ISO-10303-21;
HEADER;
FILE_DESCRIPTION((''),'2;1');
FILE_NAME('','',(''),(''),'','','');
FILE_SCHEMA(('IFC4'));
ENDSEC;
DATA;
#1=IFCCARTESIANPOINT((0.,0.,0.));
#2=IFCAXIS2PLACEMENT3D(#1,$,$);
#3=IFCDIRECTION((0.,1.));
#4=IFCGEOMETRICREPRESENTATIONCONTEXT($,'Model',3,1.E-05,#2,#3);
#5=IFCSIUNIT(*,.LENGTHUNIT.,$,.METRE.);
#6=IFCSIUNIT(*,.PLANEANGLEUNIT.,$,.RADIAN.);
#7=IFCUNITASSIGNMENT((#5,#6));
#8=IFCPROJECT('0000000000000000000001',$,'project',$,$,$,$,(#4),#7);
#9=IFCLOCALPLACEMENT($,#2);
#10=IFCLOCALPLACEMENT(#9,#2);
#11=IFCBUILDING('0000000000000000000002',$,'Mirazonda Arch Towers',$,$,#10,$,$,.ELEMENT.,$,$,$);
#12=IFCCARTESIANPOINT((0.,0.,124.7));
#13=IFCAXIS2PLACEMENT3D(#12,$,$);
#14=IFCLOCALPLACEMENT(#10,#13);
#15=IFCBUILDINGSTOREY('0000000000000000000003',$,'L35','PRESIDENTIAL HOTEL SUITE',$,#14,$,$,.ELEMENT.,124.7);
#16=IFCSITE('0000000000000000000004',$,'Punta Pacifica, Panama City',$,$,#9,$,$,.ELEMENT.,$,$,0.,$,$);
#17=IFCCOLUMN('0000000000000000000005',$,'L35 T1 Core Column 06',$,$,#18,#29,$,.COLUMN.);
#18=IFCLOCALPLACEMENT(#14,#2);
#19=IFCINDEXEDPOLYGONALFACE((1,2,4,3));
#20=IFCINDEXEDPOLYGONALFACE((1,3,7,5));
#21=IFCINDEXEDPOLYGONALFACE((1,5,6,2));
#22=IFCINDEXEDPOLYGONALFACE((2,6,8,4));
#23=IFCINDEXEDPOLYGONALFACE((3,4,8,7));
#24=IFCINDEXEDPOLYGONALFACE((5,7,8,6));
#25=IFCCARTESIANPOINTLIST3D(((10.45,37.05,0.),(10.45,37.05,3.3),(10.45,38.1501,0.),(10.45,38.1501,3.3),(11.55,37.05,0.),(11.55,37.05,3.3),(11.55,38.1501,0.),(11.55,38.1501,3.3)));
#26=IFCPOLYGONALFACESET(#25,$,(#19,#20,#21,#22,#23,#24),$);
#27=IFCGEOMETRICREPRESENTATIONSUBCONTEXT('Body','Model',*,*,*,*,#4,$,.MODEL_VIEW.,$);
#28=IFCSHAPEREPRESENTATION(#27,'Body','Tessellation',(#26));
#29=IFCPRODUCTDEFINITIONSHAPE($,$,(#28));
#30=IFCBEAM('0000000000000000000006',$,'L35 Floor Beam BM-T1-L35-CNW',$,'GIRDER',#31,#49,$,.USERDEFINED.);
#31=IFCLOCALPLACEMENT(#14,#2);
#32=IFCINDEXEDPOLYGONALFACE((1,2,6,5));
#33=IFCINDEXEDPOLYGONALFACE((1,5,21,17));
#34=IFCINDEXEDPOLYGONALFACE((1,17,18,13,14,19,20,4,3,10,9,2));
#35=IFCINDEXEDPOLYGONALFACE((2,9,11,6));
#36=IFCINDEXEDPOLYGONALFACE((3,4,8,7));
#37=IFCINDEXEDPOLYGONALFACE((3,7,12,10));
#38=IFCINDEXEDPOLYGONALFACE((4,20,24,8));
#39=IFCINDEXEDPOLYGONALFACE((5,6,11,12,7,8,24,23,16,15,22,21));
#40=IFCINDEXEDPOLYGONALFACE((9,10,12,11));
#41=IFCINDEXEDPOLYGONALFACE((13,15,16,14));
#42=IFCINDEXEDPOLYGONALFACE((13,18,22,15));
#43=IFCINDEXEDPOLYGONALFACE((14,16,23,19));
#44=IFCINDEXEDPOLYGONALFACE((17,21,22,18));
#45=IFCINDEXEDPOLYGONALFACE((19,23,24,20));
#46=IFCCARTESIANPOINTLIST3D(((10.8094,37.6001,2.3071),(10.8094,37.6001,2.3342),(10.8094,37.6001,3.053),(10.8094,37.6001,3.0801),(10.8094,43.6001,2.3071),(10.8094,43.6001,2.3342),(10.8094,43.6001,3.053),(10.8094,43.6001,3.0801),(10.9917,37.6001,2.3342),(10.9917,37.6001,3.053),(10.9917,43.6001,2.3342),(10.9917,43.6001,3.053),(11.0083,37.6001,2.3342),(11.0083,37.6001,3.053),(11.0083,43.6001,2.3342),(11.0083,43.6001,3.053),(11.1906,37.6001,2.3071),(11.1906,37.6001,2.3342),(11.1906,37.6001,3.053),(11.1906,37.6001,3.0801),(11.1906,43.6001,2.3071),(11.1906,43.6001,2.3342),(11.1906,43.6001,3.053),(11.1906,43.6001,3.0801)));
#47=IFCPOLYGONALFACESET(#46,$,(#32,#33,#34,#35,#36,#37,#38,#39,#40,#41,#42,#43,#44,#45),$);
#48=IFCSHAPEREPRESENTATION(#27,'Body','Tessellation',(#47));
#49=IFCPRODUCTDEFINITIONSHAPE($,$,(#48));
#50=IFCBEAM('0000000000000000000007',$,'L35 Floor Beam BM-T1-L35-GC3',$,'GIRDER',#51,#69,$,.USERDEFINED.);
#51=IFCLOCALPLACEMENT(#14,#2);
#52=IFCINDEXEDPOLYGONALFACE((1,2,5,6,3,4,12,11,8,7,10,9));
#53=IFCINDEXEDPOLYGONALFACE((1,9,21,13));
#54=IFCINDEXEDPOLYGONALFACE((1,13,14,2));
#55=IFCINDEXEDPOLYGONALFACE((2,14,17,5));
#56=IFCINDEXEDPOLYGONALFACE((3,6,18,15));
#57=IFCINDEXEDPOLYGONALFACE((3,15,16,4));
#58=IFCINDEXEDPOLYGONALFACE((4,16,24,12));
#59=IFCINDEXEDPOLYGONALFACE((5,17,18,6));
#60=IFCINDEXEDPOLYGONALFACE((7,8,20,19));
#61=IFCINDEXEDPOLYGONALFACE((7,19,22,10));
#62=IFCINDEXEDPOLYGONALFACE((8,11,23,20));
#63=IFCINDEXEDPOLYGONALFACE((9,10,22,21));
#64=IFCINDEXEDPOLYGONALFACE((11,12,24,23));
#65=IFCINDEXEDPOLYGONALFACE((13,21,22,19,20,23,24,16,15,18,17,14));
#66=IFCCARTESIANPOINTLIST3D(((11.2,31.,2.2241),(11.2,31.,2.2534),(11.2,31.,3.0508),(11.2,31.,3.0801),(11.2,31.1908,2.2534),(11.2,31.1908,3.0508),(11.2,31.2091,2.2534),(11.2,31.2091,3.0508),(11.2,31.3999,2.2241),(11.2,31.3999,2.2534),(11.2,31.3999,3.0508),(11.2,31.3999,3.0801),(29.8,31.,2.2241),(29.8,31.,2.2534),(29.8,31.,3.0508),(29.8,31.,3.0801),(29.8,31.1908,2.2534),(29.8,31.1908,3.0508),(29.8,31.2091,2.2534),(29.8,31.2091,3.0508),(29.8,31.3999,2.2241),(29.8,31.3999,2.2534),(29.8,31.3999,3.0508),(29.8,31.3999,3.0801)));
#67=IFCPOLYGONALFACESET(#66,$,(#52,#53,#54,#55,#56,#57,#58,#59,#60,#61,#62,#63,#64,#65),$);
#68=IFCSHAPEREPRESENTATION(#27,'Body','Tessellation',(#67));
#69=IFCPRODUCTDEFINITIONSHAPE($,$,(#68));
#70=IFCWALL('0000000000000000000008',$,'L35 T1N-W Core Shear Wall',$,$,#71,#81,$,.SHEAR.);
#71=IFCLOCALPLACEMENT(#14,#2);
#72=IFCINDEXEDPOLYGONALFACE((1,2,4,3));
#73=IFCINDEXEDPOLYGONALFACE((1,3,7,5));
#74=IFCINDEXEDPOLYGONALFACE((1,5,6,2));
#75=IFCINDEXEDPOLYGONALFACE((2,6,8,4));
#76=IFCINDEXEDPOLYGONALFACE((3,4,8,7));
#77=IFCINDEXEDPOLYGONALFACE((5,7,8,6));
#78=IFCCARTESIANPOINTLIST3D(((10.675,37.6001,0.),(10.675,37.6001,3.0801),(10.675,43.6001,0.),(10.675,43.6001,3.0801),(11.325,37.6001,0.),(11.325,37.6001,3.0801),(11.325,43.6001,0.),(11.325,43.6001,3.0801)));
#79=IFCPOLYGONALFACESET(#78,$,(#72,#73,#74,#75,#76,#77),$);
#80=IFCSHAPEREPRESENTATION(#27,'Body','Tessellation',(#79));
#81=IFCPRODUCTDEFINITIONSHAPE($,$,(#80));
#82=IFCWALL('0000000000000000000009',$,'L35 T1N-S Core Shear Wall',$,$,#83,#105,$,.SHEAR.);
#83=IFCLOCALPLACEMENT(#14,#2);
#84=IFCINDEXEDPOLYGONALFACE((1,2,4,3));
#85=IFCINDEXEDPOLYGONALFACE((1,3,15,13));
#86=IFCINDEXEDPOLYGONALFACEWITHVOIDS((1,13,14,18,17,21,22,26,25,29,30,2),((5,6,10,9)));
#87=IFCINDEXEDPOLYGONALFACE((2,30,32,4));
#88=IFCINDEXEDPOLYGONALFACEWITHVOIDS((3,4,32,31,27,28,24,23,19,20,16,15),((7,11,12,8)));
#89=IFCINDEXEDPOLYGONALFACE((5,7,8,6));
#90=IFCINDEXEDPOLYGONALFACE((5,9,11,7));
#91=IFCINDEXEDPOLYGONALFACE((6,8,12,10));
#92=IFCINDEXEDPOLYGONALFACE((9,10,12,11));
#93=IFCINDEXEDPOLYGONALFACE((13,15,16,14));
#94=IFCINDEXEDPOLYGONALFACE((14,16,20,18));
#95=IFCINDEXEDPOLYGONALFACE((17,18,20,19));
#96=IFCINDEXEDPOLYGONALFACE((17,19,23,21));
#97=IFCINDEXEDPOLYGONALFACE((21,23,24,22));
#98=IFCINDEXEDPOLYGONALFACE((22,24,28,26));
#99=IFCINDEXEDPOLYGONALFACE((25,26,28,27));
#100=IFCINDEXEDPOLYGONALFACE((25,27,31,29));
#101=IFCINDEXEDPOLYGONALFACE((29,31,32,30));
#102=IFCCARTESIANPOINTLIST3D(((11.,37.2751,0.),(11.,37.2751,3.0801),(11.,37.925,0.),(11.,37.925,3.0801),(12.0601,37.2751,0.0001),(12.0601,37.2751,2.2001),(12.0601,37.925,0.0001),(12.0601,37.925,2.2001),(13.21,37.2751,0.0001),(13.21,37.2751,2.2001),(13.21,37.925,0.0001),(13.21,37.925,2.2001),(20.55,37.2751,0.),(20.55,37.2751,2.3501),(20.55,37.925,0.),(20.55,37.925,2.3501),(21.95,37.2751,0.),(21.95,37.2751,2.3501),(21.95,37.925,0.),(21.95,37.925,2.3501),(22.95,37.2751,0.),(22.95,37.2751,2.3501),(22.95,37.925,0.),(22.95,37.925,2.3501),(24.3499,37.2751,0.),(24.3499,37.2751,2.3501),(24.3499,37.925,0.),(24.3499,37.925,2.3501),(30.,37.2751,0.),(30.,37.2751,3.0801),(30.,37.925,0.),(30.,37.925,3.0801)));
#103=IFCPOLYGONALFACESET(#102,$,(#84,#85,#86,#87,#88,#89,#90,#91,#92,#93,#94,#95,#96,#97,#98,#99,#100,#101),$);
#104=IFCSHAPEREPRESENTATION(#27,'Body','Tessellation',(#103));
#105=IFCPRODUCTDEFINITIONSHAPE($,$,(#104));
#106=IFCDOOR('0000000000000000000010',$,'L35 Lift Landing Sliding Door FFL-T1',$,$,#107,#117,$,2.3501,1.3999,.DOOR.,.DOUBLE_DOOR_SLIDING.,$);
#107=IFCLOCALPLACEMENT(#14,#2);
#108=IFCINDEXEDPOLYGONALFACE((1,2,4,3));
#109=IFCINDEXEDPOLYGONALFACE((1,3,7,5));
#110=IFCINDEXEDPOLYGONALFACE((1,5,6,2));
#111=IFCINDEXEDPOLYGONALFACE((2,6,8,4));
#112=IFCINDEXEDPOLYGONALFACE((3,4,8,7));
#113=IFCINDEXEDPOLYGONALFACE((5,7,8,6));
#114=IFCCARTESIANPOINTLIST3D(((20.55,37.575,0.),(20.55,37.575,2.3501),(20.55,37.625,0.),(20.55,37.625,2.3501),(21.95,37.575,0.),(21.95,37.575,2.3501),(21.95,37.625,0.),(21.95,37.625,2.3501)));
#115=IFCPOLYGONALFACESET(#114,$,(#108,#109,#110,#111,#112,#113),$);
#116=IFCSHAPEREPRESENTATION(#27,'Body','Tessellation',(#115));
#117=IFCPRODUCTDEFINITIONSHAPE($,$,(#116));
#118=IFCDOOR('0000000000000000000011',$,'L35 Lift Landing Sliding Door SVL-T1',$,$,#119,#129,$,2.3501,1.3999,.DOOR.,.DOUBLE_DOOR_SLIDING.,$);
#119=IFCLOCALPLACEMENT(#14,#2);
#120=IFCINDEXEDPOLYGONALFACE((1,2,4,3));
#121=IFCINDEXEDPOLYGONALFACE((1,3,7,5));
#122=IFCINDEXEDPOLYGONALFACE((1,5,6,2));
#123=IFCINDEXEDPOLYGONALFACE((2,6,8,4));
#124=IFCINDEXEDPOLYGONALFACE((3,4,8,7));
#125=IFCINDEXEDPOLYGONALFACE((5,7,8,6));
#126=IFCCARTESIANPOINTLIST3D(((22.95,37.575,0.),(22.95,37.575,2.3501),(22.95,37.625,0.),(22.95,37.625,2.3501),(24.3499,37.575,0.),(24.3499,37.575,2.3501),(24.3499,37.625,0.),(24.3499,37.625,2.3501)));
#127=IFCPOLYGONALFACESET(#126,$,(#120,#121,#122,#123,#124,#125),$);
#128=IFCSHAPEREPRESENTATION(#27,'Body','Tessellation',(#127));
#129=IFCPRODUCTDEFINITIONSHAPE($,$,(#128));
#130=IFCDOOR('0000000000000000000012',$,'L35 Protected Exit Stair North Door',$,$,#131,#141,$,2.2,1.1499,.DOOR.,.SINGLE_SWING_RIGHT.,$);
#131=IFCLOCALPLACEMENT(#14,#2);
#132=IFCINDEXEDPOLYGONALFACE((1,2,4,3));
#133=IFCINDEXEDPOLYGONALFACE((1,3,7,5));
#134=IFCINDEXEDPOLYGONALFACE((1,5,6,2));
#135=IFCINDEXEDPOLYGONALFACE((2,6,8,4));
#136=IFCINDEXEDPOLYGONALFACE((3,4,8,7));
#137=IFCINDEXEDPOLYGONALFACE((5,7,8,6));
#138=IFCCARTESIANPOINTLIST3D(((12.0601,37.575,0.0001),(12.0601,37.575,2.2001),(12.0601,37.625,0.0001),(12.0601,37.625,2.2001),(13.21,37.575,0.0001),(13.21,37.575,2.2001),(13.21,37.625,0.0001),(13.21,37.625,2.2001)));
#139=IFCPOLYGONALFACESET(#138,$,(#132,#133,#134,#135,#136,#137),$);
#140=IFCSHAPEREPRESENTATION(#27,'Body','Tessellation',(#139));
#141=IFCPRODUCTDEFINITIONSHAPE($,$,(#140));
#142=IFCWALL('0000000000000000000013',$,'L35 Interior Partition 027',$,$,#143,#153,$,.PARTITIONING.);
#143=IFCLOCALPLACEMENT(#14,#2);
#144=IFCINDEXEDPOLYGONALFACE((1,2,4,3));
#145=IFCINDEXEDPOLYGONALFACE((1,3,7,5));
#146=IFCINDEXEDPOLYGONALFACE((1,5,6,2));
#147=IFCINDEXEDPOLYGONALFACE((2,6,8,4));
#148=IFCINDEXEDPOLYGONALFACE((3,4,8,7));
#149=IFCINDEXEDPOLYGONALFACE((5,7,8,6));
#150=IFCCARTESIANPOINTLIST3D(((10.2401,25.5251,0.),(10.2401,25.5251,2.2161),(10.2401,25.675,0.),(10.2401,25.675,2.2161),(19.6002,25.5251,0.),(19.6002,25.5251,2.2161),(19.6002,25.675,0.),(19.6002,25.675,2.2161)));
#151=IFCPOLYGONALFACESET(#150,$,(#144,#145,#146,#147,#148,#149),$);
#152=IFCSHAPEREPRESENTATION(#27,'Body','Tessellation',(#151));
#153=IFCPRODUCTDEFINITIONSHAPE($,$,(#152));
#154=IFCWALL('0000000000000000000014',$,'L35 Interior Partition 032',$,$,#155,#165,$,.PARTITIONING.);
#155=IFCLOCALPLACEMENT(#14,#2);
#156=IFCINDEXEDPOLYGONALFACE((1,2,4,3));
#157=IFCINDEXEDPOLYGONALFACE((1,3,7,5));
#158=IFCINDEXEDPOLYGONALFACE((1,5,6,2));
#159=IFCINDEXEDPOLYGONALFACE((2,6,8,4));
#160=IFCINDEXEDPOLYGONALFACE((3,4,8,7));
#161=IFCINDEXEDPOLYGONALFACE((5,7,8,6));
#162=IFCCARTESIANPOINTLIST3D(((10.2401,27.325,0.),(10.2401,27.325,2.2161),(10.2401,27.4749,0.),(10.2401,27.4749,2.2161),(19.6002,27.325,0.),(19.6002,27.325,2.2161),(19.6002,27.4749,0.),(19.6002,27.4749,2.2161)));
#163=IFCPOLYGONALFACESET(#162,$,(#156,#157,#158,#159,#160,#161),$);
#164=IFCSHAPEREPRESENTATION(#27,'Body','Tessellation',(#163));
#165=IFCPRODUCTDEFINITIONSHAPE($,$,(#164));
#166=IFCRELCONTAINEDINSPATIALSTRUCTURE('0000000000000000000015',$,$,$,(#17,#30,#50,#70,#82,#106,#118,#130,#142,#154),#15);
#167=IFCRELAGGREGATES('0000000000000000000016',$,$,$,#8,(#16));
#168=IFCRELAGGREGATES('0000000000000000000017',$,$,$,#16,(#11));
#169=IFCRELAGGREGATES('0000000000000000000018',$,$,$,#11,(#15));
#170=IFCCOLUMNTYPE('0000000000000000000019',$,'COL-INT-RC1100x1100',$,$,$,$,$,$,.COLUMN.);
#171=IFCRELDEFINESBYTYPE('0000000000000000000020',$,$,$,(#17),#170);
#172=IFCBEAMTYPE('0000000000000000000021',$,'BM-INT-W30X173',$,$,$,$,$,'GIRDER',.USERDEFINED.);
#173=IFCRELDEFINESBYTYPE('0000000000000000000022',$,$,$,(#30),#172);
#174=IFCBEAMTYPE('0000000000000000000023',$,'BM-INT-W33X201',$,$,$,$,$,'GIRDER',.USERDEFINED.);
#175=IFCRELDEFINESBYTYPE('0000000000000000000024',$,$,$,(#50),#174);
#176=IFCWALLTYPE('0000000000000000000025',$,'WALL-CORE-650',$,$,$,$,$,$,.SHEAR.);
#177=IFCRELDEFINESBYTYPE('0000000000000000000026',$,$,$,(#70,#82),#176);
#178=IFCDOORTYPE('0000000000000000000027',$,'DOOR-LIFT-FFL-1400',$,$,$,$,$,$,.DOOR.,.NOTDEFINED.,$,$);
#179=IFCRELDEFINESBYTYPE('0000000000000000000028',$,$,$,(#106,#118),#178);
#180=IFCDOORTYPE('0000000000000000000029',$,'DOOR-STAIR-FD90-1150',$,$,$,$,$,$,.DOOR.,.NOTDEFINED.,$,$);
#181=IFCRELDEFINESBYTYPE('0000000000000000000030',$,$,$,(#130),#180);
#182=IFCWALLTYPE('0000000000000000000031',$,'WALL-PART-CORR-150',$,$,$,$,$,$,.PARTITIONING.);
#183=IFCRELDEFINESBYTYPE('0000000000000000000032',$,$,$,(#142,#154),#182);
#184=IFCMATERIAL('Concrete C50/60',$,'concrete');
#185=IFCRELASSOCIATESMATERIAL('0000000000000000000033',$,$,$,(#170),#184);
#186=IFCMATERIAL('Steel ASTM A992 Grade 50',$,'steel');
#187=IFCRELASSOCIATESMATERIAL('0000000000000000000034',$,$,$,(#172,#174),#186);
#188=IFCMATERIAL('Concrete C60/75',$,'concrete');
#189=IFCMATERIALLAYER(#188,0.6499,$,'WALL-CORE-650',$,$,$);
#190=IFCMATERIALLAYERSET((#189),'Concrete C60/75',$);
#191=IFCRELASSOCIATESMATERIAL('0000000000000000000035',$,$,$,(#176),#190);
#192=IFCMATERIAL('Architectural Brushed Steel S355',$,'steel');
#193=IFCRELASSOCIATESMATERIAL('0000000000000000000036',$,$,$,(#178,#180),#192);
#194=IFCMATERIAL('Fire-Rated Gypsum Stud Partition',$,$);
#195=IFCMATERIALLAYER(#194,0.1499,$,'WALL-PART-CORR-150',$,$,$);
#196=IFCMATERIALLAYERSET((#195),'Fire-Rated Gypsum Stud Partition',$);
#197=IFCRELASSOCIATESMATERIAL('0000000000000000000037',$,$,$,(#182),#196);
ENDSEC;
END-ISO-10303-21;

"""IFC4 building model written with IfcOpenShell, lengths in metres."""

from ifc_helpers import new_model, si_unit, direction, frame, frame_2d, origin, origin_2d, place, context, subcontext, project, spatial, rectangle, i_section, extrude, material, layer, layer_set, material_profile, profile_set, type_object, element, fill, save


model = new_model("IFC4")

# Units and contexts
model_context = context("Model", 3, precision=1e-05, world=origin(), true_north=direction((0.0, 1.0)))
body_context = subcontext(model_context, "Body", "Model", "MODEL_VIEW")
ifc_project = project(units=[si_unit("LENGTHUNIT", "METRE"), si_unit("PLANEANGLEUNIT", "RADIAN")], contexts=[model_context])

# Site, building, storey
site_placement = place(None, origin())
site = spatial("IfcSite", under=ifc_project, at=site_placement, Name="Punta Pacifica, Panama City", CompositionType="ELEMENT", RefElevation=0.0)
building_placement = place(site_placement, origin())
building = spatial("IfcBuilding", under=site, at=building_placement, Name="Mirazonda Arch Towers", CompositionType="ELEMENT")
storey_placement = place(building_placement, frame((0.0, 0.0, 124.7)))
storey = spatial("IfcBuildingStorey", under=building, at=storey_placement, Name="L35", Description="PRESIDENTIAL HOTEL SUITE", CompositionType="ELEMENT", Elevation=124.7)

# Column
ifc_material_1 = material(Name="Concrete C50/60", Category="concrete")
ifc_material_profile_1 = material_profile(ifc_material_1, rectangle(XDim=1.1001, YDim=1.1001, at=origin_2d()), Name="RC1100x1100")
ifc_profile_set_1 = profile_set([ifc_material_profile_1], Name="Concrete C50/60")
column_type = type_object("IfcColumnType", Name="COL-INT-RC1100x1100", PredefinedType="COLUMN", material=ifc_profile_set_1)
column_placement = place(storey_placement, frame((11.0, 37.6001, 0.0), z_axis=(0.0, 0.0, 1.0), x_axis=(1.0, 0.0, 0.0)))
element("IfcColumn", 1, at=column_placement, inside=storey, type_object=column_type, Name="L35 T1 Core Column 06", PredefinedType="COLUMN", context=body_context, shape_type="SweptSolid", body=[
    extrude(rectangle(XDim=1.1001, YDim=1.1001, at=origin_2d()), origin(), (0.0, 0.0, 1.0), 3.3),
])

# Beams
ifc_material_2 = material(Name="Steel ASTM A992 Grade 50", Category="steel")
ifc_material_profile_2 = material_profile(ifc_material_2, i_section(OverallWidth=0.3811, OverallDepth=0.7729, WebThickness=0.0166, FlangeThickness=0.0271, at=origin_2d()), Name="W30X173")
ifc_profile_set_2 = profile_set([ifc_material_profile_2], Name="Steel ASTM A992 Grade 50")
beam_type_1 = type_object("IfcBeamType", Name="BM-INT-W30X173", ElementType="GIRDER", PredefinedType="USERDEFINED", material=ifc_profile_set_2)
beam_1_placement = place(storey_placement, frame((11.0, 37.6001, 2.6936), z_axis=(0.0, 1.0, 0.0), x_axis=(-1.0, 0.0, 0.0)))
element("IfcBeam", 2, at=beam_1_placement, inside=storey, type_object=beam_type_1, Name="L35 Floor Beam BM-T1-L35-CNW", ObjectType="GIRDER", PredefinedType="USERDEFINED", context=body_context, shape_type="SweptSolid", body=[
    extrude(i_section(OverallWidth=0.3811, OverallDepth=0.7729, WebThickness=0.0166, FlangeThickness=0.0271, at=origin_2d()), origin(), (0.0, 0.0, 1.0), 6.0),
])
ifc_material_profile_3 = material_profile(ifc_material_2, i_section(OverallWidth=0.3999, OverallDepth=0.856, WebThickness=0.0183, FlangeThickness=0.0293, at=origin_2d()), Name="W33X201")
ifc_profile_set_3 = profile_set([ifc_material_profile_3], Name="Steel ASTM A992 Grade 50")
beam_type_2 = type_object("IfcBeamType", Name="BM-INT-W33X201", ElementType="GIRDER", PredefinedType="USERDEFINED", material=ifc_profile_set_3)
beam_2_placement = place(storey_placement, frame((11.2, 31.2, 2.6521), z_axis=(1.0, 0.0, 0.0), x_axis=(0.0, 1.0, 0.0)))
element("IfcBeam", 3, at=beam_2_placement, inside=storey, type_object=beam_type_2, Name="L35 Floor Beam BM-T1-L35-GC3", ObjectType="GIRDER", PredefinedType="USERDEFINED", context=body_context, shape_type="SweptSolid", body=[
    extrude(i_section(OverallWidth=0.3999, OverallDepth=0.856, WebThickness=0.0183, FlangeThickness=0.0293, at=origin_2d()), origin(), (0.0, 0.0, 1.0), 18.6001),
])

# Wall
ifc_material_3 = material(Name="Concrete C60/75", Category="concrete")
ifc_layer_1 = layer(ifc_material_3, 0.6499, Name="WALL-CORE-650")
ifc_layer_set_1 = layer_set([ifc_layer_1], Name="Concrete C60/75")
wall_type_1 = type_object("IfcWallType", Name="WALL-CORE-650", PredefinedType="SHEAR", material=ifc_layer_set_1)
wall_1_placement = place(storey_placement, frame((11.0, 37.6001, 0.0), z_axis=(0.0, 0.0, 1.0), x_axis=(0.0, 1.0, 0.0)))
element("IfcWall", 4, at=wall_1_placement, inside=storey, type_object=wall_type_1, Name="L35 T1N-W Core Shear Wall", PredefinedType="SHEAR", context=body_context, shape_type="SweptSolid", body=[
    extrude(rectangle(XDim=6.0, YDim=0.6499, at=frame_2d((3.0, 0.0))), origin(), (0.0, 0.0, 1.0), 3.0801),
])

# Wall, openings, doors
wall_2_placement = place(storey_placement, frame((11.0, 37.6001, 0.0), z_axis=(0.0, 0.0, 1.0), x_axis=(1.0, 0.0, 0.0)))
wall_2 = element("IfcWall", 5, at=wall_2_placement, inside=storey, type_object=wall_type_1, Name="L35 T1N-S Core Shear Wall", PredefinedType="SHEAR", context=body_context, shape_type="SweptSolid", body=[
    extrude(rectangle(XDim=19.0, YDim=0.6499, at=frame_2d((9.5, 0.0))), origin(), (0.0, 0.0, 1.0), 3.0801),
])
opening_1_placement = place(wall_2_placement, frame((1.0601, 0.0, 0.0)))
opening_1 = element("IfcOpeningElement", 6, at=opening_1_placement, cuts=wall_2, PredefinedType="OPENING", context=body_context, shape_type="SweptSolid", body=[
    extrude(rectangle(XDim=1.1499, YDim=2.2, at=frame_2d((0.575, 1.1001))), frame((0.0, 0.335, 0.0), z_axis=(0.0, -1.0, 0.0), x_axis=(1.0, 0.0, 0.0)), (0.0, 0.0, 1.0), 0.6699),
])
opening_2_placement = place(wall_2_placement, frame((9.55, 0.0, 0.0)))
opening_2 = element("IfcOpeningElement", 7, at=opening_2_placement, cuts=wall_2, PredefinedType="OPENING", context=body_context, shape_type="SweptSolid", body=[
    extrude(rectangle(XDim=1.3999, YDim=2.3501, at=frame_2d((0.7, 1.175))), frame((0.0, 0.335, 0.0), z_axis=(0.0, -1.0, 0.0), x_axis=(1.0, 0.0, 0.0)), (0.0, 0.0, 1.0), 0.6699),
])
opening_3_placement = place(wall_2_placement, frame((11.95, 0.0, 0.0)))
opening_3 = element("IfcOpeningElement", 8, at=opening_3_placement, cuts=wall_2, PredefinedType="OPENING", context=body_context, shape_type="SweptSolid", body=[
    extrude(rectangle(XDim=1.3999, YDim=2.3501, at=frame_2d((0.7, 1.175))), frame((0.0, 0.335, 0.0), z_axis=(0.0, -1.0, 0.0), x_axis=(1.0, 0.0, 0.0)), (0.0, 0.0, 1.0), 0.6699),
])
ifc_material_4 = material(Name="Architectural Brushed Steel S355", Category="steel")
door_type_1 = type_object("IfcDoorType", Name="DOOR-LIFT-FFL-1400", OperationType="NOTDEFINED", PredefinedType="DOOR", material=ifc_material_4)
door_1_placement = place(opening_2_placement, origin())
door_1 = element("IfcDoor", 9, at=door_1_placement, inside=storey, type_object=door_type_1, Name="L35 Lift Landing Sliding Door FFL-T1", OperationType="DOUBLE_DOOR_SLIDING", OverallHeight=2.3501, OverallWidth=1.3999, PredefinedType="DOOR", context=body_context, shape_type="SweptSolid", body=[
    extrude(rectangle(XDim=1.3999, YDim=2.3501, at=frame_2d((0.7, 1.175))), frame((0.0, 0.0249, 0.0), z_axis=(0.0, -1.0, 0.0), x_axis=(1.0, 0.0, 0.0)), (0.0, 0.0, 1.0), 0.05),
])
fill(opening_2, door_1)
door_2_placement = place(opening_3_placement, origin())
door_2 = element("IfcDoor", 10, at=door_2_placement, inside=storey, type_object=door_type_1, Name="L35 Lift Landing Sliding Door SVL-T1", OperationType="DOUBLE_DOOR_SLIDING", OverallHeight=2.3501, OverallWidth=1.3999, PredefinedType="DOOR", context=body_context, shape_type="SweptSolid", body=[
    extrude(rectangle(XDim=1.3999, YDim=2.3501, at=frame_2d((0.7, 1.175))), frame((0.0, 0.0249, 0.0), z_axis=(0.0, -1.0, 0.0), x_axis=(1.0, 0.0, 0.0)), (0.0, 0.0, 1.0), 0.05),
])
fill(opening_3, door_2)
door_type_2 = type_object("IfcDoorType", Name="DOOR-STAIR-FD90-1150", OperationType="NOTDEFINED", PredefinedType="DOOR", material=ifc_material_4)
door_3_placement = place(opening_1_placement, origin())
door_3 = element("IfcDoor", 11, at=door_3_placement, inside=storey, type_object=door_type_2, Name="L35 Protected Exit Stair North Door", OperationType="SINGLE_SWING_RIGHT", OverallHeight=2.2, OverallWidth=1.1499, PredefinedType="DOOR", context=body_context, shape_type="SweptSolid", body=[
    extrude(rectangle(XDim=1.1499, YDim=2.2, at=frame_2d((0.575, 1.1001))), frame((0.0, 0.0249, 0.0), z_axis=(0.0, -1.0, 0.0), x_axis=(1.0, 0.0, 0.0)), (0.0, 0.0, 1.0), 0.05),
])
fill(opening_1, door_3)

# Walls
ifc_material_5 = material(Name="Fire-Rated Gypsum Stud Partition")
ifc_layer_2 = layer(ifc_material_5, 0.1499, Name="WALL-PART-CORR-150")
ifc_layer_set_2 = layer_set([ifc_layer_2], Name="Fire-Rated Gypsum Stud Partition")
wall_type_2 = type_object("IfcWallType", Name="WALL-PART-CORR-150", PredefinedType="PARTITIONING", material=ifc_layer_set_2)
for number, where, z_axis, x_axis, name in (
    (12, (10.24, 25.6001, 0.0), (0.0, 0.0, 1.0), (1.0, 0.0, 0.0), "L35 Interior Partition 027"),
    (13, (10.24, 27.3999, 0.0), (0.0, 0.0, 1.0), (1.0, 0.0, 0.0), "L35 Interior Partition 032"),
):
    element("IfcWall", number, at=place(storey_placement, frame(where, z_axis=z_axis, x_axis=x_axis)), inside=storey, type_object=wall_type_2, Name=name, PredefinedType="PARTITIONING", context=body_context, shape_type="SweptSolid", body=[
        extrude(rectangle(XDim=9.3601, YDim=0.1499, at=frame_2d((4.6802, 0.0))), origin(), (0.0, 0.0, 1.0), 2.2161),
    ])

save(model, "model.ifc")
